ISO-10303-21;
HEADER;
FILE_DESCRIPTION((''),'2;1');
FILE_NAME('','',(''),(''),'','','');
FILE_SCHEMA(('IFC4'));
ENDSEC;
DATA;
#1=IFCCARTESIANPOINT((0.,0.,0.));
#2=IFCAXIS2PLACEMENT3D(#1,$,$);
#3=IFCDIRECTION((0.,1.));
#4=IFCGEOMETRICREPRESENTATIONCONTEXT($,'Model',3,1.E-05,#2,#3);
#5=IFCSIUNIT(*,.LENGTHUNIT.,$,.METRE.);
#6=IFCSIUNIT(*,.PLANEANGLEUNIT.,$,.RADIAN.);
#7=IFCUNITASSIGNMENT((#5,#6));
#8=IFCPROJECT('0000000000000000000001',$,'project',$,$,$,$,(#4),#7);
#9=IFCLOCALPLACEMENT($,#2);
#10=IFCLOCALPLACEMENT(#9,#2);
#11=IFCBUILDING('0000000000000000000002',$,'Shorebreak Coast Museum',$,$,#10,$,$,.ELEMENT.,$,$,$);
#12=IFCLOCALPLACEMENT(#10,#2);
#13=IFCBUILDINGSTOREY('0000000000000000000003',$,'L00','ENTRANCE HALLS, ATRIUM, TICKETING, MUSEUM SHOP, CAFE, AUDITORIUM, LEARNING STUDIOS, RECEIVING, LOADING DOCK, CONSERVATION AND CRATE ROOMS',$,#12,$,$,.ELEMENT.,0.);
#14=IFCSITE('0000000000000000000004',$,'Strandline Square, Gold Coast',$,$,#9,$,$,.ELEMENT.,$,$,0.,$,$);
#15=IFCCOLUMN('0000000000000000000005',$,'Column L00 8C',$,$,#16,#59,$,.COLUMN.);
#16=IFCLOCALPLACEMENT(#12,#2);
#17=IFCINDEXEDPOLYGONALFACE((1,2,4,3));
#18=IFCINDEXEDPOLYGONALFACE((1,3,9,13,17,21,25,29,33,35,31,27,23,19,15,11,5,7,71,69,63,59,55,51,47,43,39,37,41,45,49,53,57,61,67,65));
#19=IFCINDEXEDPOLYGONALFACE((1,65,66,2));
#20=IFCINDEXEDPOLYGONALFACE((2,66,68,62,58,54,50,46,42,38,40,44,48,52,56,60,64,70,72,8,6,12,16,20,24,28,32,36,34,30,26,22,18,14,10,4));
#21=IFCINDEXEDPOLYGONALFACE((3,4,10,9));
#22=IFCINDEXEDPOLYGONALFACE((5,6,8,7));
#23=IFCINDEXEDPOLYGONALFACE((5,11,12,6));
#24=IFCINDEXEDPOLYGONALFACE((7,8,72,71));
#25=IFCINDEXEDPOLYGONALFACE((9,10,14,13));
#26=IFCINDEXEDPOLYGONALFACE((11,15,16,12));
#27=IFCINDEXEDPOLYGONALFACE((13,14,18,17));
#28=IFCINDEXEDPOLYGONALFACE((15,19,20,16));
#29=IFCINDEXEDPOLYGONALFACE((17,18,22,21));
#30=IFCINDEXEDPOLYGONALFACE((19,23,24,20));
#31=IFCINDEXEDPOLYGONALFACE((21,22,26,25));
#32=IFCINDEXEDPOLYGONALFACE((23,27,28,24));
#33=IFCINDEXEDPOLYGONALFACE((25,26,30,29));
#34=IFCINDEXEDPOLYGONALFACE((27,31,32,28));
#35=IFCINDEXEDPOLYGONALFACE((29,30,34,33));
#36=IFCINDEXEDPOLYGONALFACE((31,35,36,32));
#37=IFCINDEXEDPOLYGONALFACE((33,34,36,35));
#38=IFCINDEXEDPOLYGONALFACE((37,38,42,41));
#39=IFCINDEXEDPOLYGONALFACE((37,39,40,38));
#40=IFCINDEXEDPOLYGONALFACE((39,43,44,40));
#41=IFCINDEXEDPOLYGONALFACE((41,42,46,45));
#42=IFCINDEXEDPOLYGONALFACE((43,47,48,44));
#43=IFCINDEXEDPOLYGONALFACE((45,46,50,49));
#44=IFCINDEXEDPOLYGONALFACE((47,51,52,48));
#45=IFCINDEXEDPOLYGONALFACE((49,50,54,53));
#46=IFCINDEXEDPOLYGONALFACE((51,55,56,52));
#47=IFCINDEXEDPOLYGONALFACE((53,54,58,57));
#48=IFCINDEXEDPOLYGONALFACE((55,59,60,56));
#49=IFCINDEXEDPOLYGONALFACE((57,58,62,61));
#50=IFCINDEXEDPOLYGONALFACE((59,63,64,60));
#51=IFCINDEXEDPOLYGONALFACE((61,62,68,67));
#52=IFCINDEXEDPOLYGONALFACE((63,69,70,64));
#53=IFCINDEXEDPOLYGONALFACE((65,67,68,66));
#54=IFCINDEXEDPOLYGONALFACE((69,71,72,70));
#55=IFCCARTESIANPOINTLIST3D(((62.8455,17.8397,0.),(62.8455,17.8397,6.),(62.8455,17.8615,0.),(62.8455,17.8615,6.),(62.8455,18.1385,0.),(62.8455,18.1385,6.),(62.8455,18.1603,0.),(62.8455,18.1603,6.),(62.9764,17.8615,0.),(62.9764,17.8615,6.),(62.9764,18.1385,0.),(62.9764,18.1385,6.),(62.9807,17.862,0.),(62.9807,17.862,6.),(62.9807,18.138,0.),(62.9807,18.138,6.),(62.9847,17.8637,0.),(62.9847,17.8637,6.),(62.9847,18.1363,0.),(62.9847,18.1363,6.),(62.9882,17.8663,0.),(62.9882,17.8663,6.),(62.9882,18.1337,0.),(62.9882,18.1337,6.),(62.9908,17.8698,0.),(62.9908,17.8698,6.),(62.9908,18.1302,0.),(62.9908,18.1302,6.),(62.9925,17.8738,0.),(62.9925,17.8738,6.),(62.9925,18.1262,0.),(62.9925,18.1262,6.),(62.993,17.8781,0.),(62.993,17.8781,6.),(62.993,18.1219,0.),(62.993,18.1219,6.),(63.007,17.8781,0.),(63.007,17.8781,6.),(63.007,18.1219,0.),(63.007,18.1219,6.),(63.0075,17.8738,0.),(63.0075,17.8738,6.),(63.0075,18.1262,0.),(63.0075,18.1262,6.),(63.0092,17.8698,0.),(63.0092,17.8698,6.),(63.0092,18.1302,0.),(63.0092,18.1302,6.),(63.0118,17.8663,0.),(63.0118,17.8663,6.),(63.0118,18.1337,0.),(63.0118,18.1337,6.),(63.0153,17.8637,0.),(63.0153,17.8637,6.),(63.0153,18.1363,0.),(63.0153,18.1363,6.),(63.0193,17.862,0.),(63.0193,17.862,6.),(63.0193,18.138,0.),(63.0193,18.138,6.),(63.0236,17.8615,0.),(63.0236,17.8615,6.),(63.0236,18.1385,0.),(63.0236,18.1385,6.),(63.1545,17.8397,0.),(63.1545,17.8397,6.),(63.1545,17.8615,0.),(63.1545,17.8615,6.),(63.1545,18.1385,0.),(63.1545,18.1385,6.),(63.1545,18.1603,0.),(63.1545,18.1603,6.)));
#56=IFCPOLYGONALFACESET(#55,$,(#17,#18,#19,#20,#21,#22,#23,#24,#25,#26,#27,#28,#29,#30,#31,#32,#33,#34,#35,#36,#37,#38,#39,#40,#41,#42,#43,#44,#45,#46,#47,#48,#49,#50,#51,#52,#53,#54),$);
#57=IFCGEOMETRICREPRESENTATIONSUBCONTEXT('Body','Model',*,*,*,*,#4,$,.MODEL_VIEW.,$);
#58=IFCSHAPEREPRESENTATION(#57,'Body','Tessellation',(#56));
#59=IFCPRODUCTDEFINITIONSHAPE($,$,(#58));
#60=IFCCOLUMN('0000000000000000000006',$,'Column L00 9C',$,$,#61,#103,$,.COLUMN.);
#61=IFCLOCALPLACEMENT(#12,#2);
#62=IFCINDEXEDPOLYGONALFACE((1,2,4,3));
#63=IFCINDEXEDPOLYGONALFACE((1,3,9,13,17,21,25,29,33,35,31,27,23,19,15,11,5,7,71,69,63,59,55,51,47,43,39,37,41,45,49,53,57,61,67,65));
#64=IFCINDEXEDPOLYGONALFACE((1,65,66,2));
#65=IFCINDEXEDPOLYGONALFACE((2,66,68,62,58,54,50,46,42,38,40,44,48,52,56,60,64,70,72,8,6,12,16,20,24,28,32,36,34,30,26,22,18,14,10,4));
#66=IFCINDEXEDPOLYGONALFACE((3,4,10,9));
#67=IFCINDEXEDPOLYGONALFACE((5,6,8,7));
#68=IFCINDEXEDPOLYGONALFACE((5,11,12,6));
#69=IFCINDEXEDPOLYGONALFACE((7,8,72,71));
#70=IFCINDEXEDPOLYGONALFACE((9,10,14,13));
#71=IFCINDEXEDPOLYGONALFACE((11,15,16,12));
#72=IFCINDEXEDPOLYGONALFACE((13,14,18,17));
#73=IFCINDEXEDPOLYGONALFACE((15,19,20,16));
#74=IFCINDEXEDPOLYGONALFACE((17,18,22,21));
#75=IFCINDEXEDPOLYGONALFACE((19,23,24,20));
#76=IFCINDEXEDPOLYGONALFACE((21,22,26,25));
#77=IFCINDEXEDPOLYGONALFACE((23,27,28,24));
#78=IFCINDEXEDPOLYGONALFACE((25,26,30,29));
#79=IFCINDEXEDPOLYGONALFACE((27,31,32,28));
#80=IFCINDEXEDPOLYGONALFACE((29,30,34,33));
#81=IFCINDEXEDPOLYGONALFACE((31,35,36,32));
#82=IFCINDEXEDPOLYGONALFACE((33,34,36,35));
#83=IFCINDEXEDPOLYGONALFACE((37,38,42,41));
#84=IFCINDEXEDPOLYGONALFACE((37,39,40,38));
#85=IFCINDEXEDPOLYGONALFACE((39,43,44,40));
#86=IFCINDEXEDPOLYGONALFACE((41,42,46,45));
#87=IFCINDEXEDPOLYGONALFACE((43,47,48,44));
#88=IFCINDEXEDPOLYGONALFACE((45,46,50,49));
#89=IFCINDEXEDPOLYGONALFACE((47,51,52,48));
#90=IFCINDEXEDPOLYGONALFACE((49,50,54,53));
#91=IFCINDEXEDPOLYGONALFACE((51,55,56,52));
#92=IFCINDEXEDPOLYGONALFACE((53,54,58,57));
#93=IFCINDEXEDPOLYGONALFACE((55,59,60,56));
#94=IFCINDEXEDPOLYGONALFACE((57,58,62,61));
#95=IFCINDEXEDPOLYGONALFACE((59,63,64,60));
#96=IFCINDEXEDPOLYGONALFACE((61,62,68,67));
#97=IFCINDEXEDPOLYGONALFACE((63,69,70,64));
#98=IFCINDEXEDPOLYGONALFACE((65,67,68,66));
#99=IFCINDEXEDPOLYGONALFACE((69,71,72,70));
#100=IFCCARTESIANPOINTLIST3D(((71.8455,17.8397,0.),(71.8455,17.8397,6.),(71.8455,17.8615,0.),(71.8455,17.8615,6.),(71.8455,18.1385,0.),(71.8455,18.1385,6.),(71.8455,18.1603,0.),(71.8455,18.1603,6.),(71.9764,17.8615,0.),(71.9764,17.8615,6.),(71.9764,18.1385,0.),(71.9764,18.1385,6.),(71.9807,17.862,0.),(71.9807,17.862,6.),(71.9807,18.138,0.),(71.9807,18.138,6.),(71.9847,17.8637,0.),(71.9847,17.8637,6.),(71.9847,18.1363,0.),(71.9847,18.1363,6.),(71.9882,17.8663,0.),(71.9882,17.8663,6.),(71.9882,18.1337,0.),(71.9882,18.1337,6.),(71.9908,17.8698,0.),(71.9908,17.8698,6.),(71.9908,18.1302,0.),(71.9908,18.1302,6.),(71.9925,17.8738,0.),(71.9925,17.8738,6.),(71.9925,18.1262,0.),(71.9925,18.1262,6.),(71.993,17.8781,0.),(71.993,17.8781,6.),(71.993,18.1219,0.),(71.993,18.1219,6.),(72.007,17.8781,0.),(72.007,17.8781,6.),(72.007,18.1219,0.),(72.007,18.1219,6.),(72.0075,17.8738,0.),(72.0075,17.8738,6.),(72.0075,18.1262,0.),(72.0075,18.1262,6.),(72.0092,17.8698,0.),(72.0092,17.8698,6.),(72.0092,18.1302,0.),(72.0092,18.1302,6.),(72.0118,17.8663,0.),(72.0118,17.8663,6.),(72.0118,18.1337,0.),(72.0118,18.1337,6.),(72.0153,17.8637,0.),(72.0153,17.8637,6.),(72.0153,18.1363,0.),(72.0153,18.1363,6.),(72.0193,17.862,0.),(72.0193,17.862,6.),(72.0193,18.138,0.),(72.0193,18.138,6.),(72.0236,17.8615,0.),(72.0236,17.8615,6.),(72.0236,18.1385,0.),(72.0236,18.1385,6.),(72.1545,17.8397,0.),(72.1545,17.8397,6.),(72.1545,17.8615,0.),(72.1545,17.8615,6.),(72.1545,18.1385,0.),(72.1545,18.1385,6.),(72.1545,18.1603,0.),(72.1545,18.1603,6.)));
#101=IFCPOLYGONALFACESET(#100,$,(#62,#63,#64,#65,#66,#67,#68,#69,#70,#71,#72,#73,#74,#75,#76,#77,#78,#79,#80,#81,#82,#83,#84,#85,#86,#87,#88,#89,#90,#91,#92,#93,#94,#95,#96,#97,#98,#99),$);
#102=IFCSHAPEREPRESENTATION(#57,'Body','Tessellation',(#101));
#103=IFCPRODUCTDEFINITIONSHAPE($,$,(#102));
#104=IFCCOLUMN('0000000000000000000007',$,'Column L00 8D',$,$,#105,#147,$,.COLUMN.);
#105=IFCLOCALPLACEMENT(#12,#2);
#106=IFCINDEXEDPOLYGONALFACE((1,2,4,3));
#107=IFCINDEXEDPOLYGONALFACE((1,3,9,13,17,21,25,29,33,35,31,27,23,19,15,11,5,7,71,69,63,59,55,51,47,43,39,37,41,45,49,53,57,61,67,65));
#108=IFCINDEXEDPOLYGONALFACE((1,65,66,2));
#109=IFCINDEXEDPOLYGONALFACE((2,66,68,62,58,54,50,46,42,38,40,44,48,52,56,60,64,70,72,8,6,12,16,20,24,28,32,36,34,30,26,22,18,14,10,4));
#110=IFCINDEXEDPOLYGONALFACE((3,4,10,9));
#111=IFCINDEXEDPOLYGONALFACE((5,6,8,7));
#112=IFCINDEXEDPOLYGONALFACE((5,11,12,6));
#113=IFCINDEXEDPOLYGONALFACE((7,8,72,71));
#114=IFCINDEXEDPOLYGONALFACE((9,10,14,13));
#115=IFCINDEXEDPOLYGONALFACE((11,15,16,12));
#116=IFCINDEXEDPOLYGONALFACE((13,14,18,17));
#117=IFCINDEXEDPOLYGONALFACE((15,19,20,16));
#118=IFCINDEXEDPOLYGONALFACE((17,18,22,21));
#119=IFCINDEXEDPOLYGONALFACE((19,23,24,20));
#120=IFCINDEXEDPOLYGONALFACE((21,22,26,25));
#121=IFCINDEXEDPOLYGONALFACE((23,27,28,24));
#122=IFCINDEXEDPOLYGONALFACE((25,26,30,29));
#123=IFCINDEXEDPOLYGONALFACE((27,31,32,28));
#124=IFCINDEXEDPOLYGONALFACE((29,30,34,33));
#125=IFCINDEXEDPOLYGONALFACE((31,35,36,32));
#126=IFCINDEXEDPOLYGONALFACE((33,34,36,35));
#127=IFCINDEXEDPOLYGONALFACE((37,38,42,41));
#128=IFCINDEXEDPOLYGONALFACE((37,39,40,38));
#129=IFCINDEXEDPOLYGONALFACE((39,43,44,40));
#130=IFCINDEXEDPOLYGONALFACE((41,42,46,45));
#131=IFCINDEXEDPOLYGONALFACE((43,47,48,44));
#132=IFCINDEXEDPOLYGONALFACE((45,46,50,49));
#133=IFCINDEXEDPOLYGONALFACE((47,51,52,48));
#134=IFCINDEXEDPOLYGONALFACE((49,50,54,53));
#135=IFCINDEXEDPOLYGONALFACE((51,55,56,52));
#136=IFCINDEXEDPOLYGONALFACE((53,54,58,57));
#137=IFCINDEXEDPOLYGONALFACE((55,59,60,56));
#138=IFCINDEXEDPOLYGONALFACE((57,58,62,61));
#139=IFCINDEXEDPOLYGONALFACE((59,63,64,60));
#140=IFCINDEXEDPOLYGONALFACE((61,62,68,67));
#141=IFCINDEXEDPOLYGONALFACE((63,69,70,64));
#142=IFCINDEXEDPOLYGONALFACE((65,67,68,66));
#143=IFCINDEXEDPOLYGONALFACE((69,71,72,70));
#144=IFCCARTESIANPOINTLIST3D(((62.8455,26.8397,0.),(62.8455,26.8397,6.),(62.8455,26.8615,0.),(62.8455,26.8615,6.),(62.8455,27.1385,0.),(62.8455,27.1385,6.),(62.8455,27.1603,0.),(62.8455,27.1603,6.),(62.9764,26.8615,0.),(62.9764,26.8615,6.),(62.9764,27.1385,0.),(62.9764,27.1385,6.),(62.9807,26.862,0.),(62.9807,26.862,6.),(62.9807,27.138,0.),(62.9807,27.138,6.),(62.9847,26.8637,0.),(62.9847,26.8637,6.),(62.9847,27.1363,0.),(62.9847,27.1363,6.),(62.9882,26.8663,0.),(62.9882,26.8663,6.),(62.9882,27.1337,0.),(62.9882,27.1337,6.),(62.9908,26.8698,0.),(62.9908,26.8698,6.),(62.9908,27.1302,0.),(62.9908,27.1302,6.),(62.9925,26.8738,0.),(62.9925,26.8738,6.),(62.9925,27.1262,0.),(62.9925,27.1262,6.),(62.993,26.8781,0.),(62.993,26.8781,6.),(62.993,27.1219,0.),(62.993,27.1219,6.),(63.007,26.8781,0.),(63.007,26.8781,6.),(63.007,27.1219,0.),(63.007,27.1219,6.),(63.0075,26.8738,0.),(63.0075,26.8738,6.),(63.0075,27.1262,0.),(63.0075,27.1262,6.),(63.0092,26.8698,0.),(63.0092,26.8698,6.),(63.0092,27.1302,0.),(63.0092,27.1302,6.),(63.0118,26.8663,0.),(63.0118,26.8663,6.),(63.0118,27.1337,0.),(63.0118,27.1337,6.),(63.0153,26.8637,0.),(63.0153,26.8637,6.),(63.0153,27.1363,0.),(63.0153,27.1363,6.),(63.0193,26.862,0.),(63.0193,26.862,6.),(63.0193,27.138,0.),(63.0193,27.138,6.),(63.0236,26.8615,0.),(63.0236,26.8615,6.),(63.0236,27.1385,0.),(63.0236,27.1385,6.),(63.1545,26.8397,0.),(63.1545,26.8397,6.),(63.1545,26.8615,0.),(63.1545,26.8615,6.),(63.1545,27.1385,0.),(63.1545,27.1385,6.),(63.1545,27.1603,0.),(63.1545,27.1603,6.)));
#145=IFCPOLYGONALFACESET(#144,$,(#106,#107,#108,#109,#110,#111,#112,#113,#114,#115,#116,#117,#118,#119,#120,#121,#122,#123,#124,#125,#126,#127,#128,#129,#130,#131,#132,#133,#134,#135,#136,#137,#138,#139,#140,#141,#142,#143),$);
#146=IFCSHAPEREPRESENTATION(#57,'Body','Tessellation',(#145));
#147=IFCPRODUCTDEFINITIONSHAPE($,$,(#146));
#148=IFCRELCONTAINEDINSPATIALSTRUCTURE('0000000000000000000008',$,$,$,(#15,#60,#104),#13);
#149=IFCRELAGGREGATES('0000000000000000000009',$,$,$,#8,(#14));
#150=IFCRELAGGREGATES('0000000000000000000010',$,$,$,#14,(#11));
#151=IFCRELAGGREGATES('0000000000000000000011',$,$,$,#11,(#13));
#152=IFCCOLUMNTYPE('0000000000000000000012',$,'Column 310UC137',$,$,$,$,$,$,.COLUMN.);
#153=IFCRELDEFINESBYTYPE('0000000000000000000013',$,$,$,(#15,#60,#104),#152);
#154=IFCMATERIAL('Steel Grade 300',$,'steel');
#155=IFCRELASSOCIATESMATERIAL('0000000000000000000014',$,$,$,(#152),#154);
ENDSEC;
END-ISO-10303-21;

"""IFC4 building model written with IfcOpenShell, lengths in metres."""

from ifc_helpers import new_model, si_unit, direction, frame, origin, origin_2d, place, context, subcontext, project, spatial, i_section, extrude, material, material_profile, profile_set, type_object, element, save


model = new_model("IFC4")

# Units and contexts
model_context = context("Model", 3, precision=1e-05, world=origin(), true_north=direction((0.0, 1.0)))
body_context = subcontext(model_context, "Body", "Model", "MODEL_VIEW")
ifc_project = project(units=[si_unit("LENGTHUNIT", "METRE"), si_unit("PLANEANGLEUNIT", "RADIAN")], contexts=[model_context])

# Site, building, storey
site_placement = place(None, origin())
site = spatial("IfcSite", under=ifc_project, at=site_placement, Name="Strandline Square, Gold Coast", CompositionType="ELEMENT", RefElevation=0.0)
building_placement = place(site_placement, origin())
building = spatial("IfcBuilding", under=site, at=building_placement, Name="Shorebreak Coast Museum", CompositionType="ELEMENT")
storey_placement = place(building_placement, origin())
storey = spatial("IfcBuildingStorey", under=building, at=storey_placement, Name="L00", Description="ENTRANCE HALLS, ATRIUM, TICKETING, MUSEUM SHOP, CAFE, AUDITORIUM, LEARNING STUDIOS, RECEIVING, LOADING DOCK, CONSERVATION AND CRATE ROOMS", CompositionType="ELEMENT", Elevation=0.0)

# Columns
ifc_material_1 = material(Name="Steel Grade 300", Category="steel")
ifc_material_profile_1 = material_profile(ifc_material_1, i_section(OverallWidth=0.3091, OverallDepth=0.3206, WebThickness=0.0139, FlangeThickness=0.0217, FilletRadius=0.0166, at=origin_2d()), Name="310UC137")
ifc_profile_set_1 = profile_set([ifc_material_profile_1], Name="Steel Grade 300")
column_type = type_object("IfcColumnType", Name="Column 310UC137", PredefinedType="COLUMN", material=ifc_profile_set_1)
for number, where, z_axis, x_axis, name in (
    (1, (63.0, 18.0, 0.0), (0.0, 0.0, 1.0), (1.0, 0.0, 0.0), "Column L00 8C"),
    (2, (72.0, 18.0, 0.0), (0.0, 0.0, 1.0), (1.0, 0.0, 0.0), "Column L00 9C"),
    (3, (63.0, 27.0, 0.0), (0.0, 0.0, 1.0), (1.0, 0.0, 0.0), "Column L00 8D"),
):
    element("IfcColumn", number, at=place(storey_placement, frame(where, z_axis=z_axis, x_axis=x_axis)), inside=storey, type_object=column_type, Name=name, PredefinedType="COLUMN", context=body_context, shape_type="SweptSolid", body=[
        extrude(i_section(OverallWidth=0.3091, OverallDepth=0.3206, WebThickness=0.0139, FlangeThickness=0.0217, FilletRadius=0.0166, at=origin_2d()), origin(), (0.0, 0.0, 1.0), 6.0),
    ])

save(model, "model.ifc")
